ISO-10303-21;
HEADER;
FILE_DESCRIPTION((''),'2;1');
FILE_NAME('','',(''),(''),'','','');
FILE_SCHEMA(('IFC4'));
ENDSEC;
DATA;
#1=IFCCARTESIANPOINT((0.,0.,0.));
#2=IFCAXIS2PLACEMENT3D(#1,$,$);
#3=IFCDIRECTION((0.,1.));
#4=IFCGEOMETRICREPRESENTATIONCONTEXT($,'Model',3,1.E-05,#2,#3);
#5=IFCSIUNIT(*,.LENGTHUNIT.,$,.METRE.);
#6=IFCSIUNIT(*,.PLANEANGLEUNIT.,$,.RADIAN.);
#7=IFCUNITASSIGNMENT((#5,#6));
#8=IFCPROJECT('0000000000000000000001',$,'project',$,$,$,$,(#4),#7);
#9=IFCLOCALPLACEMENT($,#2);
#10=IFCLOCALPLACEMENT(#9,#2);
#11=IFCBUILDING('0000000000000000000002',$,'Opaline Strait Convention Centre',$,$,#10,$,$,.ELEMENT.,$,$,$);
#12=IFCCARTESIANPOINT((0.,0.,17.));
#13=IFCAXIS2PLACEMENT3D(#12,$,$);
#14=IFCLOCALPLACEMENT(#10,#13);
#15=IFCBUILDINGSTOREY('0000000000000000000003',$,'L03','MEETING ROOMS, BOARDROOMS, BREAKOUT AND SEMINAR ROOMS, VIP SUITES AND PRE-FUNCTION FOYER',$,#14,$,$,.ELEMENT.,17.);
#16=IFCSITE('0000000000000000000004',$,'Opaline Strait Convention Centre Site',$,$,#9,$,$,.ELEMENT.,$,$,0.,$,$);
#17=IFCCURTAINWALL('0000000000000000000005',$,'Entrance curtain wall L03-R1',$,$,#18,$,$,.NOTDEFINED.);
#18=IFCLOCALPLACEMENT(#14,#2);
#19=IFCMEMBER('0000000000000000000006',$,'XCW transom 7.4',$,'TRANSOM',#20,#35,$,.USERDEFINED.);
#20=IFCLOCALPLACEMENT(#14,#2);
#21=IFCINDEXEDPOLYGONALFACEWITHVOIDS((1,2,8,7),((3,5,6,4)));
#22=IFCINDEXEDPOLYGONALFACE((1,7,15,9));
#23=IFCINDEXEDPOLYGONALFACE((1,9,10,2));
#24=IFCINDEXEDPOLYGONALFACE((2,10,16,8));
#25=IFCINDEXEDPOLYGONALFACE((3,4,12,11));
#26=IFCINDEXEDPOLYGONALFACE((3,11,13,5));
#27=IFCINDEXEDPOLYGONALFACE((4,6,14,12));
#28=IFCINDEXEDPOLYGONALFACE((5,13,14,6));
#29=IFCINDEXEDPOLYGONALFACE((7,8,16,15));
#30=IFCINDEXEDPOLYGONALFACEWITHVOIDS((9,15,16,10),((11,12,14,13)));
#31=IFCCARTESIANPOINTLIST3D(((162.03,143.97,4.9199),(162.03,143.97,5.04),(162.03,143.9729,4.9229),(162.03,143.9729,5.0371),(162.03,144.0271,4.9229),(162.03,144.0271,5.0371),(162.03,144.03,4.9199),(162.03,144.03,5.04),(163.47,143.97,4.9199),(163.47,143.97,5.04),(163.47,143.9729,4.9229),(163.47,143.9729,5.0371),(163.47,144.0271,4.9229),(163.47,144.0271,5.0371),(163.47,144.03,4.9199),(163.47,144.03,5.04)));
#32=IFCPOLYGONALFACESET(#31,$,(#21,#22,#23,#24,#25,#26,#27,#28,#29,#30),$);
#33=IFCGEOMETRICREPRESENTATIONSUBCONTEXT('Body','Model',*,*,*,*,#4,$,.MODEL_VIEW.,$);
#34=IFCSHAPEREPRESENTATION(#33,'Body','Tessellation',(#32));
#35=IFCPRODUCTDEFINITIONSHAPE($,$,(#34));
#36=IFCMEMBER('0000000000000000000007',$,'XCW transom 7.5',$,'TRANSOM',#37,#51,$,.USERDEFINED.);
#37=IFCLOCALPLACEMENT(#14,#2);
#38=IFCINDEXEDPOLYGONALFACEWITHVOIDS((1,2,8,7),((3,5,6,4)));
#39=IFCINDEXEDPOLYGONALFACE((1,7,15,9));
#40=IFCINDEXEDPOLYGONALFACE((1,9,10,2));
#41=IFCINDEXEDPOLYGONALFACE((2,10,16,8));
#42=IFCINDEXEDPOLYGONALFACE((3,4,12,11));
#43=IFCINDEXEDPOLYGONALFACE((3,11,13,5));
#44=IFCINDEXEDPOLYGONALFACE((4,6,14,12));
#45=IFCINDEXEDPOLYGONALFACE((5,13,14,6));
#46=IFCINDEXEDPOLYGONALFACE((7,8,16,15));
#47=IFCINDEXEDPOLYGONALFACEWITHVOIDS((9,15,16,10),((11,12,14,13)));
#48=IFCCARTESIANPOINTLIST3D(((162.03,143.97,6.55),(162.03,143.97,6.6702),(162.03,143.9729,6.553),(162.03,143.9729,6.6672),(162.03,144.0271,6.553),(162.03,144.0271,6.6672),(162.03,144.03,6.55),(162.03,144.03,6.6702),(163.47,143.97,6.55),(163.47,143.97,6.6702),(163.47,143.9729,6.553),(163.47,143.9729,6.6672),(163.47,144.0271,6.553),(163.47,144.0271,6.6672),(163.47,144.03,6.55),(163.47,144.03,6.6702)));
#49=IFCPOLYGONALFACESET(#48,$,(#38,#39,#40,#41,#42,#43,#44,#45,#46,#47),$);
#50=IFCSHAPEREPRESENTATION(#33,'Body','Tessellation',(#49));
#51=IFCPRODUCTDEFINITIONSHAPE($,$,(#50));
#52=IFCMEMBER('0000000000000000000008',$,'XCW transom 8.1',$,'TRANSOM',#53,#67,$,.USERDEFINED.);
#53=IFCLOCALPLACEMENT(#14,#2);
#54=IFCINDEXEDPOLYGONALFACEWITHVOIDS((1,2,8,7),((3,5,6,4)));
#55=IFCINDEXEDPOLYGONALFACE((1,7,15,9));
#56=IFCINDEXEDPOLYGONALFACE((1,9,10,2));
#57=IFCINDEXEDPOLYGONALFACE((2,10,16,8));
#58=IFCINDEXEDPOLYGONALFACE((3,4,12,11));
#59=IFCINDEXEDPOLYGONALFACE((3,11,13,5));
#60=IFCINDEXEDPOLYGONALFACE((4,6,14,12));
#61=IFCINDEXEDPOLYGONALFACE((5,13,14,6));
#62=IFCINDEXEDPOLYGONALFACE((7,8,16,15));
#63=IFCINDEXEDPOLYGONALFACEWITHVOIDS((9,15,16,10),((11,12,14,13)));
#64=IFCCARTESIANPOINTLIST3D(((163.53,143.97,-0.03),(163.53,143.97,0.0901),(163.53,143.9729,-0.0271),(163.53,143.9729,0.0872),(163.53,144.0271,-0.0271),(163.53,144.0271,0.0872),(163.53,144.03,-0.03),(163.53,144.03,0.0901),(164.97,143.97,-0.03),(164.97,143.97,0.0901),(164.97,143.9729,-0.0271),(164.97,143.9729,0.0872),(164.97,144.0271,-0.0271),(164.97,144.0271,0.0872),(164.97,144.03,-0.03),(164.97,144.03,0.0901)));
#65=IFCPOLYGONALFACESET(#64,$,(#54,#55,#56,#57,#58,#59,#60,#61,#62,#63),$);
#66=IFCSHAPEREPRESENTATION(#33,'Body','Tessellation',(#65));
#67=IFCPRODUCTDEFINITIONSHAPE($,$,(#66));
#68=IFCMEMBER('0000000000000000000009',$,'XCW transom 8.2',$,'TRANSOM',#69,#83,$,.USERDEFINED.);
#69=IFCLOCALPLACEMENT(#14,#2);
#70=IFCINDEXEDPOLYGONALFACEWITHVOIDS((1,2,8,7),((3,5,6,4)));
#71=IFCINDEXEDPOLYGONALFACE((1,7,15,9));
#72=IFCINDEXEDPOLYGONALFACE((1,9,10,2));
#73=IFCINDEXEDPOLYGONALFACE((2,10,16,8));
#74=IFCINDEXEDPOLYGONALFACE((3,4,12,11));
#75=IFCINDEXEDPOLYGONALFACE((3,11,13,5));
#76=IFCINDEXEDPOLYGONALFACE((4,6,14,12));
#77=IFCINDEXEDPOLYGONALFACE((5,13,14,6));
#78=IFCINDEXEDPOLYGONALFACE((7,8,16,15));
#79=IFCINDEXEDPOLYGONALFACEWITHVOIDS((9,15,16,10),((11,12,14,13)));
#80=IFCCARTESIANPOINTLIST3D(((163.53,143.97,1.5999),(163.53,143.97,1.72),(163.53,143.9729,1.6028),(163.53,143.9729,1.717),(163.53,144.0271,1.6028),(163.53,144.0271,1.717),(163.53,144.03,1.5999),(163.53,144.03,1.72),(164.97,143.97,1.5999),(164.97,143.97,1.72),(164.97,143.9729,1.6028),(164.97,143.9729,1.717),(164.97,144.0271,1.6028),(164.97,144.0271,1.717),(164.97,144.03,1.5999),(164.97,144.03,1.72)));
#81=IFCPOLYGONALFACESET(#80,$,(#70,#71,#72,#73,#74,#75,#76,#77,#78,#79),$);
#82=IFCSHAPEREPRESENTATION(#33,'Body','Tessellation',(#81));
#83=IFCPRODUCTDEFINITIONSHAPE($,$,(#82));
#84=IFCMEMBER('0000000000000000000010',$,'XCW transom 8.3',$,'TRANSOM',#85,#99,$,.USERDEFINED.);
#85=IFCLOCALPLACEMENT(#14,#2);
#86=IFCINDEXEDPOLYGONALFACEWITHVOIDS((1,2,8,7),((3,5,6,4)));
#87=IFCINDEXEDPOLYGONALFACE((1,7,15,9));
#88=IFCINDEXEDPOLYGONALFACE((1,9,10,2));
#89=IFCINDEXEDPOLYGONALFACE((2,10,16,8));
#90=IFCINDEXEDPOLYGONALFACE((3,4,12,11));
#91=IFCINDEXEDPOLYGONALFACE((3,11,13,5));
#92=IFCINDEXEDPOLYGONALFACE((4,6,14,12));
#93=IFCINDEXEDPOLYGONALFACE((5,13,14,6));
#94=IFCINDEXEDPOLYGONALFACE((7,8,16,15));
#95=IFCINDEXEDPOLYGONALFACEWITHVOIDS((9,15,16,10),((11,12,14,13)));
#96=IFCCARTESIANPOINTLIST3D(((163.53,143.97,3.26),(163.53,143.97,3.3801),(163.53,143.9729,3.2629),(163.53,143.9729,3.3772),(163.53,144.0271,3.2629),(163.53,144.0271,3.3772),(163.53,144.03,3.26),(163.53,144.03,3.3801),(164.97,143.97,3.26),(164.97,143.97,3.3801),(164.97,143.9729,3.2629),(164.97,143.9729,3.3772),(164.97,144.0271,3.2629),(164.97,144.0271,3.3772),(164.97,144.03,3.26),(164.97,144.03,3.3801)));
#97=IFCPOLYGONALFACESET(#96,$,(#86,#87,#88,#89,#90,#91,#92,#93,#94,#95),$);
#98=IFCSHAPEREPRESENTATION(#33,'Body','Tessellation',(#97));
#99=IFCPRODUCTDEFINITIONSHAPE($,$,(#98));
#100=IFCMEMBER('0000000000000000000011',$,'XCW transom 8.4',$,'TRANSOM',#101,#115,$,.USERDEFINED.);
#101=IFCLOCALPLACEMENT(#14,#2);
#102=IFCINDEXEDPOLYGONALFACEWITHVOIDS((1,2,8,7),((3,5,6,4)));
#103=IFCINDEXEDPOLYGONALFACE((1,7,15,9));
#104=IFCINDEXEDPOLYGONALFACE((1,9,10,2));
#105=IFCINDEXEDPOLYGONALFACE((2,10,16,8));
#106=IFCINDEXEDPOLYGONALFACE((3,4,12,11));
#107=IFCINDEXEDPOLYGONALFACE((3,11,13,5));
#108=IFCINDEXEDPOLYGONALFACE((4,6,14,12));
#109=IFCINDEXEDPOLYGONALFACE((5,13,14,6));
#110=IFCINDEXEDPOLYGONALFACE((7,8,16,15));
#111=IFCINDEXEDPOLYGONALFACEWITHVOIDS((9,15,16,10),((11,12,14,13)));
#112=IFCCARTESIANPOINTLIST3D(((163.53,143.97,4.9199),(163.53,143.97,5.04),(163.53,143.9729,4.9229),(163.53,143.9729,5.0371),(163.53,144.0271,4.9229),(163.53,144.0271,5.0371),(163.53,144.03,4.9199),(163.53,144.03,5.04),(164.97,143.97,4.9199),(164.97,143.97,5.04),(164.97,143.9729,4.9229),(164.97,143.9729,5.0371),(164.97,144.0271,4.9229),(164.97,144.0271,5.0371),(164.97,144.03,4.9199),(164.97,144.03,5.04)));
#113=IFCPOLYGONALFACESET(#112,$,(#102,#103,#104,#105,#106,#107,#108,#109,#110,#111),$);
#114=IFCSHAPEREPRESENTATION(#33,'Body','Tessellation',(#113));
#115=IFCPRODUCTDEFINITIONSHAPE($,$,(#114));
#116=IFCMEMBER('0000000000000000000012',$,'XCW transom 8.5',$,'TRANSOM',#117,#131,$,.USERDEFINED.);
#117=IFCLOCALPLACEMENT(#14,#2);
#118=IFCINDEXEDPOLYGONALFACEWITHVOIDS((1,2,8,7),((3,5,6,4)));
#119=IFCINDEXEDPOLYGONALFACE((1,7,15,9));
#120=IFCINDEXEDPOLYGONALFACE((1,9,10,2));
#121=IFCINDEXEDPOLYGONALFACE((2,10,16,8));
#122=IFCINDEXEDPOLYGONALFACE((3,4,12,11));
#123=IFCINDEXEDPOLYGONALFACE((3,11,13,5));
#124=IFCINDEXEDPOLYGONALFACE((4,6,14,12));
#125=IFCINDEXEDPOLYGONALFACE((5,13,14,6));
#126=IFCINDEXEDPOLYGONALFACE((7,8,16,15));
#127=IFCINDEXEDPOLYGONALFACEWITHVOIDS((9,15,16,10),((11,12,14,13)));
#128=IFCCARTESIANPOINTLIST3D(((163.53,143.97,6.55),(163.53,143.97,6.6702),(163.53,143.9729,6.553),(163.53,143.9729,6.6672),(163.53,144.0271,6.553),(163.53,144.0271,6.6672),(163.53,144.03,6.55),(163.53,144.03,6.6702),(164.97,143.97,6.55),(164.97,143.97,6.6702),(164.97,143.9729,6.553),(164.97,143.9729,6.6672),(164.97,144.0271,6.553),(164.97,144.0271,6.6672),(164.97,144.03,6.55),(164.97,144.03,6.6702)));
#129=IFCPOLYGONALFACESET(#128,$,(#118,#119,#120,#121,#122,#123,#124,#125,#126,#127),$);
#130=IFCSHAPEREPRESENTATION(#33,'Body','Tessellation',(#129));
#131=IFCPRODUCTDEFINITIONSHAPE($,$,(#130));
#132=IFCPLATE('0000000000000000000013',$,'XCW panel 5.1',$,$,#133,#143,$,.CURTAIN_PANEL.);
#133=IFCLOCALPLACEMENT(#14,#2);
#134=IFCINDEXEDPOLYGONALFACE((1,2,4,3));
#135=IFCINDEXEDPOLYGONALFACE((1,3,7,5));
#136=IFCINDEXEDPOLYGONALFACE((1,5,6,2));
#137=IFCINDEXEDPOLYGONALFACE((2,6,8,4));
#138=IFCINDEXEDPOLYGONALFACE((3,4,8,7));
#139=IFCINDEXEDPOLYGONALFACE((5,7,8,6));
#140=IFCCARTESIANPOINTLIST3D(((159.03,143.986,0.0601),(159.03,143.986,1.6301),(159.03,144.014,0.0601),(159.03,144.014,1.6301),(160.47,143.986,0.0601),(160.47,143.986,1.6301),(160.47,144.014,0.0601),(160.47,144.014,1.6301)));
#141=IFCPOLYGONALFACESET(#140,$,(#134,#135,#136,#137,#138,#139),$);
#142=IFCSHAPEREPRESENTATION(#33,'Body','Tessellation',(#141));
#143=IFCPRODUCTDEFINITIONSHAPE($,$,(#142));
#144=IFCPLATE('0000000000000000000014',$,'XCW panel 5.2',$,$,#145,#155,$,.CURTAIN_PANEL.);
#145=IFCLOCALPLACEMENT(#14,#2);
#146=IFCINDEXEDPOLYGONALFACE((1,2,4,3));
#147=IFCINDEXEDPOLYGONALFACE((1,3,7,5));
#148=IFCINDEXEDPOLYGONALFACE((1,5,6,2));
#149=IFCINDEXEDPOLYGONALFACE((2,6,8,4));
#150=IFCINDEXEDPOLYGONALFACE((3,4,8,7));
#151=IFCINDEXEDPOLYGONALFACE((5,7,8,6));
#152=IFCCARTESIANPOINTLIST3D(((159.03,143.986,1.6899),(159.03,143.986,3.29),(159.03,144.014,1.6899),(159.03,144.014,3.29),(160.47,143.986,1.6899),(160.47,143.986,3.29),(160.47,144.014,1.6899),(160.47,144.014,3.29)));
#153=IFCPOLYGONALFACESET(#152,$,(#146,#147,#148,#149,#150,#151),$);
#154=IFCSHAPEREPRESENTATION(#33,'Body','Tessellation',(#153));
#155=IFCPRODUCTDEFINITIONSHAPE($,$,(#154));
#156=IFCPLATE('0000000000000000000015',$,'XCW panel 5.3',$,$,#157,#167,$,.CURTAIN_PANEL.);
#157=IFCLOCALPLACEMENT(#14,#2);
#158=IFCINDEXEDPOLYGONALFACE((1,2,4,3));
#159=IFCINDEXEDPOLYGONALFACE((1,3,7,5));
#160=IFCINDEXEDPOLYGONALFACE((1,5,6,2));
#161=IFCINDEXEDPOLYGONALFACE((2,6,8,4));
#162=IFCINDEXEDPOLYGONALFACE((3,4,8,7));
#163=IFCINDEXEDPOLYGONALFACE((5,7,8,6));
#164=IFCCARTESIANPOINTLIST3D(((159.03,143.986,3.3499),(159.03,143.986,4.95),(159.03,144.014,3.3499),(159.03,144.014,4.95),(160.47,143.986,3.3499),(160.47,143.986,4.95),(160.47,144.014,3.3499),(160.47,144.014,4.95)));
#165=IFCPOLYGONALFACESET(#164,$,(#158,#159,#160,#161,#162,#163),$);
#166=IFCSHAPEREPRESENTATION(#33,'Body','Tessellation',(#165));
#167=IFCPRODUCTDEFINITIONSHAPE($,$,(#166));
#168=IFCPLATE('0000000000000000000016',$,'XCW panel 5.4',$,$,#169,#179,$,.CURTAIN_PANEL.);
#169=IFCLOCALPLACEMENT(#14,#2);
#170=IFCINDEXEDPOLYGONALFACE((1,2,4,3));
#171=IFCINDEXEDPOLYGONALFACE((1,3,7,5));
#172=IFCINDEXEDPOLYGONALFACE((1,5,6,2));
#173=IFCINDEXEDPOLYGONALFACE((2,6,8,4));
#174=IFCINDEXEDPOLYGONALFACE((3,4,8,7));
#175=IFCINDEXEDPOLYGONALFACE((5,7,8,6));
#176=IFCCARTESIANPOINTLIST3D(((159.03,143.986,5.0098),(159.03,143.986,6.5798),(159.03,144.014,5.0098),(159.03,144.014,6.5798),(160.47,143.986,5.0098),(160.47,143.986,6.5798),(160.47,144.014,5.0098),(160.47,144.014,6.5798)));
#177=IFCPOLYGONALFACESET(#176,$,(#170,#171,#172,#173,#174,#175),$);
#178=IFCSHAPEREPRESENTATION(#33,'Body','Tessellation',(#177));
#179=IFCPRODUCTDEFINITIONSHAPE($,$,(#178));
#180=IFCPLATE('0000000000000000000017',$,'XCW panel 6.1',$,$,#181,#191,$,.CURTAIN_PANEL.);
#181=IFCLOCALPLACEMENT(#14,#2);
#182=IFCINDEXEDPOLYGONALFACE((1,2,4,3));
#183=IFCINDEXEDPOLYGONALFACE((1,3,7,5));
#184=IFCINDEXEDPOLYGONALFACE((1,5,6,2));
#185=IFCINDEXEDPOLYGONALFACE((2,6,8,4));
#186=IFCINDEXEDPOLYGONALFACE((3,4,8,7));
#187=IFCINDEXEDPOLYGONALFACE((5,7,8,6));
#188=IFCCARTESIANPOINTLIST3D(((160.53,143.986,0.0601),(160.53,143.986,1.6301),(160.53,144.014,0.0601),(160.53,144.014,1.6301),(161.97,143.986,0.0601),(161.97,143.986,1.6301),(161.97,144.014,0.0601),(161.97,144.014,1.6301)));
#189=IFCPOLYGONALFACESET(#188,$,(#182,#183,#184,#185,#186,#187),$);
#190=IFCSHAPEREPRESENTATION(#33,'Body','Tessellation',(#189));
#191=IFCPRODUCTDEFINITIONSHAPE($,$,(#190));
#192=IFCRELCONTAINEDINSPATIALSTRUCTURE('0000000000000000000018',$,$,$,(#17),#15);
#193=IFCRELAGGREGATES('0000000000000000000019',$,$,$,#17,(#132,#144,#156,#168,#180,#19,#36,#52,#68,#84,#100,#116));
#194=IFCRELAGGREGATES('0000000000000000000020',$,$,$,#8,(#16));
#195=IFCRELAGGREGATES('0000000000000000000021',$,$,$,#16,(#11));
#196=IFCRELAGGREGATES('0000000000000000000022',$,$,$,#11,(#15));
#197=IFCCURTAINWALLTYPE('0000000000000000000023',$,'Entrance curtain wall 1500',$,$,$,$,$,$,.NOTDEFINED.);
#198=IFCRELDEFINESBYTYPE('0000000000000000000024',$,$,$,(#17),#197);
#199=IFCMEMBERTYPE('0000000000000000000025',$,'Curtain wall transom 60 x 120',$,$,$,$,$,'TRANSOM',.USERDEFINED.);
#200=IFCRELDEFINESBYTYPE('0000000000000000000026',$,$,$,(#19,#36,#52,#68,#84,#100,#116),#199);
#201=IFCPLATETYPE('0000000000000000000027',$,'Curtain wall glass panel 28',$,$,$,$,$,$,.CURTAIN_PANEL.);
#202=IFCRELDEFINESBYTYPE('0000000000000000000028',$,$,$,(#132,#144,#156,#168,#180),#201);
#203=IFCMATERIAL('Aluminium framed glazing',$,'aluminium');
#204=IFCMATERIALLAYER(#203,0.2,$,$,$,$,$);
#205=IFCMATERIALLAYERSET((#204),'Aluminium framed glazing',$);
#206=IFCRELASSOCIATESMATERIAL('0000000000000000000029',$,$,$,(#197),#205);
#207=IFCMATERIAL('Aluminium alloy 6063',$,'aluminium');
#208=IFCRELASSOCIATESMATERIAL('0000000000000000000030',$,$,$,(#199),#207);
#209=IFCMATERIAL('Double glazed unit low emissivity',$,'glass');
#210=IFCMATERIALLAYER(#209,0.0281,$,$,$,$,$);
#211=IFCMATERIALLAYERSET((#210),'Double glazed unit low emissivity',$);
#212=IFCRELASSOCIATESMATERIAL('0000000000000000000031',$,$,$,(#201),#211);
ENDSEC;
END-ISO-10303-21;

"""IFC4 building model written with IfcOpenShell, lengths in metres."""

from ifc_helpers import new_model, si_unit, direction, frame, origin, origin_2d, place, context, subcontext, project, spatial, rectangle, hollow_rectangle, extrude, material, layer, layer_set, material_profile, profile_set, type_object, element, aggregate, save


model = new_model("IFC4")

# Units and contexts
model_context = context("Model", 3, precision=1e-05, world=origin(), true_north=direction((0.0, 1.0)))
body_context = subcontext(model_context, "Body", "Model", "MODEL_VIEW")
ifc_project = project(units=[si_unit("LENGTHUNIT", "METRE"), si_unit("PLANEANGLEUNIT", "RADIAN")], contexts=[model_context])

# Site, building, storey
site_placement = place(None, origin())
site = spatial("IfcSite", under=ifc_project, at=site_placement, Name="Opaline Strait Convention Centre Site", CompositionType="ELEMENT", RefElevation=0.0)
building_placement = place(site_placement, origin())
building = spatial("IfcBuilding", under=site, at=building_placement, Name="Opaline Strait Convention Centre", CompositionType="ELEMENT")
storey_placement = place(building_placement, frame((0.0, 0.0, 17.0)))
storey = spatial("IfcBuildingStorey", under=building, at=storey_placement, Name="L03", Description="MEETING ROOMS, BOARDROOMS, BREAKOUT AND SEMINAR ROOMS, VIP SUITES AND PRE-FUNCTION FOYER", CompositionType="ELEMENT", Elevation=17.0)

# Curtain wall, members, plates
ifc_material_1 = material(Name="Aluminium framed glazing", Category="aluminium")
ifc_layer_1 = layer(ifc_material_1, 0.2)
ifc_layer_set_1 = layer_set([ifc_layer_1], Name="Aluminium framed glazing")
curtain_wall_type = type_object("IfcCurtainWallType", Name="Entrance curtain wall 1500", PredefinedType="NOTDEFINED", material=ifc_layer_set_1)
curtain_wall_placement = place(storey_placement, origin())
curtain_wall = element("IfcCurtainWall", 1, at=curtain_wall_placement, inside=storey, type_object=curtain_wall_type, Name="Entrance curtain wall L03-R1", PredefinedType="NOTDEFINED")
ifc_material_2 = material(Name="Aluminium alloy 6063", Category="aluminium")
ifc_material_profile_1 = material_profile(ifc_material_2, hollow_rectangle(XDim=0.0601, YDim=0.1201, WallThickness=0.0029, at=origin_2d()), Name="TRANSOM 60x120x3")
ifc_profile_set_1 = profile_set([ifc_material_profile_1], Name="Aluminium alloy 6063")
member_type_1 = type_object("IfcMemberType", Name="Curtain wall transom 60 x 120", ElementType="TRANSOM", PredefinedType="USERDEFINED", material=ifc_profile_set_1)
member_1_placement = place(storey_placement, frame((162.03, 144.0, 4.98), z_axis=(1.0, 0.0, 0.0), x_axis=(0.0, 1.0, 0.0)))
member_1 = element("IfcMember", 2, at=member_1_placement, type_object=member_type_1, Name="XCW transom 7.4", ObjectType="TRANSOM", PredefinedType="USERDEFINED", context=body_context, shape_type="SweptSolid", body=[
    extrude(hollow_rectangle(XDim=0.0601, YDim=0.1201, WallThickness=0.0029, at=origin_2d()), origin(), (0.0, 0.0, 1.0), 1.4399),
])
member_2_placement = place(storey_placement, frame((162.03, 144.0, 6.6101), z_axis=(1.0, 0.0, 0.0), x_axis=(0.0, 1.0, 0.0)))
member_2 = element("IfcMember", 3, at=member_2_placement, type_object=member_type_1, Name="XCW transom 7.5", ObjectType="TRANSOM", PredefinedType="USERDEFINED", context=body_context, shape_type="SweptSolid", body=[
    extrude(hollow_rectangle(XDim=0.0601, YDim=0.1201, WallThickness=0.0029, at=origin_2d()), origin(), (0.0, 0.0, 1.0), 1.4399),
])
member_3_placement = place(storey_placement, frame((163.53, 144.0, 0.03), z_axis=(1.0, 0.0, 0.0), x_axis=(0.0, 1.0, 0.0)))
member_3 = element("IfcMember", 4, at=member_3_placement, type_object=member_type_1, Name="XCW transom 8.1", ObjectType="TRANSOM", PredefinedType="USERDEFINED", context=body_context, shape_type="SweptSolid", body=[
    extrude(hollow_rectangle(XDim=0.0601, YDim=0.1201, WallThickness=0.0029, at=origin_2d()), origin(), (0.0, 0.0, 1.0), 1.4399),
])
member_4_placement = place(storey_placement, frame((163.53, 144.0, 1.6599), z_axis=(1.0, 0.0, 0.0), x_axis=(0.0, 1.0, 0.0)))
member_4 = element("IfcMember", 5, at=member_4_placement, type_object=member_type_1, Name="XCW transom 8.2", ObjectType="TRANSOM", PredefinedType="USERDEFINED", context=body_context, shape_type="SweptSolid", body=[
    extrude(hollow_rectangle(XDim=0.0601, YDim=0.1201, WallThickness=0.0029, at=origin_2d()), origin(), (0.0, 0.0, 1.0), 1.4399),
])
member_5_placement = place(storey_placement, frame((163.53, 144.0, 3.3201), z_axis=(1.0, 0.0, 0.0), x_axis=(0.0, 1.0, 0.0)))
member_5 = element("IfcMember", 6, at=member_5_placement, type_object=member_type_1, Name="XCW transom 8.3", ObjectType="TRANSOM", PredefinedType="USERDEFINED", context=body_context, shape_type="SweptSolid", body=[
    extrude(hollow_rectangle(XDim=0.0601, YDim=0.1201, WallThickness=0.0029, at=origin_2d()), origin(), (0.0, 0.0, 1.0), 1.4399),
])
member_6_placement = place(storey_placement, frame((163.53, 144.0, 4.98), z_axis=(1.0, 0.0, 0.0), x_axis=(0.0, 1.0, 0.0)))
member_6 = element("IfcMember", 7, at=member_6_placement, type_object=member_type_1, Name="XCW transom 8.4", ObjectType="TRANSOM", PredefinedType="USERDEFINED", context=body_context, shape_type="SweptSolid", body=[
    extrude(hollow_rectangle(XDim=0.0601, YDim=0.1201, WallThickness=0.0029, at=origin_2d()), origin(), (0.0, 0.0, 1.0), 1.4399),
])
member_7_placement = place(storey_placement, frame((163.53, 144.0, 6.6101), z_axis=(1.0, 0.0, 0.0), x_axis=(0.0, 1.0, 0.0)))
member_7 = element("IfcMember", 8, at=member_7_placement, type_object=member_type_1, Name="XCW transom 8.5", ObjectType="TRANSOM", PredefinedType="USERDEFINED", context=body_context, shape_type="SweptSolid", body=[
    extrude(hollow_rectangle(XDim=0.0601, YDim=0.1201, WallThickness=0.0029, at=origin_2d()), origin(), (0.0, 0.0, 1.0), 1.4399),
])
ifc_material_3 = material(Name="Double glazed unit low emissivity", Category="glass")
ifc_layer_2 = layer(ifc_material_3, 0.0281)
ifc_layer_set_2 = layer_set([ifc_layer_2], Name="Double glazed unit low emissivity")
plate_type = type_object("IfcPlateType", Name="Curtain wall glass panel 28", PredefinedType="CURTAIN_PANEL", material=ifc_layer_set_2)
plate_1_placement = place(storey_placement, frame((159.75, 144.0, 0.0601), z_axis=(0.0, 0.0, 1.0), x_axis=(1.0, 0.0, 0.0)))
plate_1 = element("IfcPlate", 9, at=plate_1_placement, type_object=plate_type, Name="XCW panel 5.1", PredefinedType="CURTAIN_PANEL", context=body_context, shape_type="SweptSolid", body=[
    extrude(rectangle(XDim=1.4399, YDim=0.0281, at=origin_2d()), origin(), (0.0, 0.0, 1.0), 1.5701),
])
plate_2_placement = place(storey_placement, frame((159.75, 144.0, 1.6899), z_axis=(0.0, 0.0, 1.0), x_axis=(1.0, 0.0, 0.0)))
plate_2 = element("IfcPlate", 10, at=plate_2_placement, type_object=plate_type, Name="XCW panel 5.2", PredefinedType="CURTAIN_PANEL", context=body_context, shape_type="SweptSolid", body=[
    extrude(rectangle(XDim=1.4399, YDim=0.0281, at=origin_2d()), origin(), (0.0, 0.0, 1.0), 1.6001),
])
plate_3_placement = place(storey_placement, frame((159.75, 144.0, 3.3499), z_axis=(0.0, 0.0, 1.0), x_axis=(1.0, 0.0, 0.0)))
plate_3 = element("IfcPlate", 11, at=plate_3_placement, type_object=plate_type, Name="XCW panel 5.3", PredefinedType="CURTAIN_PANEL", context=body_context, shape_type="SweptSolid", body=[
    extrude(rectangle(XDim=1.4399, YDim=0.0281, at=origin_2d()), origin(), (0.0, 0.0, 1.0), 1.6001),
])
plate_4_placement = place(storey_placement, frame((159.75, 144.0, 5.0098), z_axis=(0.0, 0.0, 1.0), x_axis=(1.0, 0.0, 0.0)))
plate_4 = element("IfcPlate", 12, at=plate_4_placement, type_object=plate_type, Name="XCW panel 5.4", PredefinedType="CURTAIN_PANEL", context=body_context, shape_type="SweptSolid", body=[
    extrude(rectangle(XDim=1.4399, YDim=0.0281, at=origin_2d()), origin(), (0.0, 0.0, 1.0), 1.5701),
])
plate_5_placement = place(storey_placement, frame((161.25, 144.0, 0.0601), z_axis=(0.0, 0.0, 1.0), x_axis=(1.0, 0.0, 0.0)))
plate_5 = element("IfcPlate", 13, at=plate_5_placement, type_object=plate_type, Name="XCW panel 6.1", PredefinedType="CURTAIN_PANEL", context=body_context, shape_type="SweptSolid", body=[
    extrude(rectangle(XDim=1.4399, YDim=0.0281, at=origin_2d()), origin(), (0.0, 0.0, 1.0), 1.5701),
])
aggregate(curtain_wall, [plate_1, plate_2, plate_3, plate_4, plate_5, member_1, member_2, member_3, member_4, member_5, member_6, member_7])

save(model, "model.ifc")
